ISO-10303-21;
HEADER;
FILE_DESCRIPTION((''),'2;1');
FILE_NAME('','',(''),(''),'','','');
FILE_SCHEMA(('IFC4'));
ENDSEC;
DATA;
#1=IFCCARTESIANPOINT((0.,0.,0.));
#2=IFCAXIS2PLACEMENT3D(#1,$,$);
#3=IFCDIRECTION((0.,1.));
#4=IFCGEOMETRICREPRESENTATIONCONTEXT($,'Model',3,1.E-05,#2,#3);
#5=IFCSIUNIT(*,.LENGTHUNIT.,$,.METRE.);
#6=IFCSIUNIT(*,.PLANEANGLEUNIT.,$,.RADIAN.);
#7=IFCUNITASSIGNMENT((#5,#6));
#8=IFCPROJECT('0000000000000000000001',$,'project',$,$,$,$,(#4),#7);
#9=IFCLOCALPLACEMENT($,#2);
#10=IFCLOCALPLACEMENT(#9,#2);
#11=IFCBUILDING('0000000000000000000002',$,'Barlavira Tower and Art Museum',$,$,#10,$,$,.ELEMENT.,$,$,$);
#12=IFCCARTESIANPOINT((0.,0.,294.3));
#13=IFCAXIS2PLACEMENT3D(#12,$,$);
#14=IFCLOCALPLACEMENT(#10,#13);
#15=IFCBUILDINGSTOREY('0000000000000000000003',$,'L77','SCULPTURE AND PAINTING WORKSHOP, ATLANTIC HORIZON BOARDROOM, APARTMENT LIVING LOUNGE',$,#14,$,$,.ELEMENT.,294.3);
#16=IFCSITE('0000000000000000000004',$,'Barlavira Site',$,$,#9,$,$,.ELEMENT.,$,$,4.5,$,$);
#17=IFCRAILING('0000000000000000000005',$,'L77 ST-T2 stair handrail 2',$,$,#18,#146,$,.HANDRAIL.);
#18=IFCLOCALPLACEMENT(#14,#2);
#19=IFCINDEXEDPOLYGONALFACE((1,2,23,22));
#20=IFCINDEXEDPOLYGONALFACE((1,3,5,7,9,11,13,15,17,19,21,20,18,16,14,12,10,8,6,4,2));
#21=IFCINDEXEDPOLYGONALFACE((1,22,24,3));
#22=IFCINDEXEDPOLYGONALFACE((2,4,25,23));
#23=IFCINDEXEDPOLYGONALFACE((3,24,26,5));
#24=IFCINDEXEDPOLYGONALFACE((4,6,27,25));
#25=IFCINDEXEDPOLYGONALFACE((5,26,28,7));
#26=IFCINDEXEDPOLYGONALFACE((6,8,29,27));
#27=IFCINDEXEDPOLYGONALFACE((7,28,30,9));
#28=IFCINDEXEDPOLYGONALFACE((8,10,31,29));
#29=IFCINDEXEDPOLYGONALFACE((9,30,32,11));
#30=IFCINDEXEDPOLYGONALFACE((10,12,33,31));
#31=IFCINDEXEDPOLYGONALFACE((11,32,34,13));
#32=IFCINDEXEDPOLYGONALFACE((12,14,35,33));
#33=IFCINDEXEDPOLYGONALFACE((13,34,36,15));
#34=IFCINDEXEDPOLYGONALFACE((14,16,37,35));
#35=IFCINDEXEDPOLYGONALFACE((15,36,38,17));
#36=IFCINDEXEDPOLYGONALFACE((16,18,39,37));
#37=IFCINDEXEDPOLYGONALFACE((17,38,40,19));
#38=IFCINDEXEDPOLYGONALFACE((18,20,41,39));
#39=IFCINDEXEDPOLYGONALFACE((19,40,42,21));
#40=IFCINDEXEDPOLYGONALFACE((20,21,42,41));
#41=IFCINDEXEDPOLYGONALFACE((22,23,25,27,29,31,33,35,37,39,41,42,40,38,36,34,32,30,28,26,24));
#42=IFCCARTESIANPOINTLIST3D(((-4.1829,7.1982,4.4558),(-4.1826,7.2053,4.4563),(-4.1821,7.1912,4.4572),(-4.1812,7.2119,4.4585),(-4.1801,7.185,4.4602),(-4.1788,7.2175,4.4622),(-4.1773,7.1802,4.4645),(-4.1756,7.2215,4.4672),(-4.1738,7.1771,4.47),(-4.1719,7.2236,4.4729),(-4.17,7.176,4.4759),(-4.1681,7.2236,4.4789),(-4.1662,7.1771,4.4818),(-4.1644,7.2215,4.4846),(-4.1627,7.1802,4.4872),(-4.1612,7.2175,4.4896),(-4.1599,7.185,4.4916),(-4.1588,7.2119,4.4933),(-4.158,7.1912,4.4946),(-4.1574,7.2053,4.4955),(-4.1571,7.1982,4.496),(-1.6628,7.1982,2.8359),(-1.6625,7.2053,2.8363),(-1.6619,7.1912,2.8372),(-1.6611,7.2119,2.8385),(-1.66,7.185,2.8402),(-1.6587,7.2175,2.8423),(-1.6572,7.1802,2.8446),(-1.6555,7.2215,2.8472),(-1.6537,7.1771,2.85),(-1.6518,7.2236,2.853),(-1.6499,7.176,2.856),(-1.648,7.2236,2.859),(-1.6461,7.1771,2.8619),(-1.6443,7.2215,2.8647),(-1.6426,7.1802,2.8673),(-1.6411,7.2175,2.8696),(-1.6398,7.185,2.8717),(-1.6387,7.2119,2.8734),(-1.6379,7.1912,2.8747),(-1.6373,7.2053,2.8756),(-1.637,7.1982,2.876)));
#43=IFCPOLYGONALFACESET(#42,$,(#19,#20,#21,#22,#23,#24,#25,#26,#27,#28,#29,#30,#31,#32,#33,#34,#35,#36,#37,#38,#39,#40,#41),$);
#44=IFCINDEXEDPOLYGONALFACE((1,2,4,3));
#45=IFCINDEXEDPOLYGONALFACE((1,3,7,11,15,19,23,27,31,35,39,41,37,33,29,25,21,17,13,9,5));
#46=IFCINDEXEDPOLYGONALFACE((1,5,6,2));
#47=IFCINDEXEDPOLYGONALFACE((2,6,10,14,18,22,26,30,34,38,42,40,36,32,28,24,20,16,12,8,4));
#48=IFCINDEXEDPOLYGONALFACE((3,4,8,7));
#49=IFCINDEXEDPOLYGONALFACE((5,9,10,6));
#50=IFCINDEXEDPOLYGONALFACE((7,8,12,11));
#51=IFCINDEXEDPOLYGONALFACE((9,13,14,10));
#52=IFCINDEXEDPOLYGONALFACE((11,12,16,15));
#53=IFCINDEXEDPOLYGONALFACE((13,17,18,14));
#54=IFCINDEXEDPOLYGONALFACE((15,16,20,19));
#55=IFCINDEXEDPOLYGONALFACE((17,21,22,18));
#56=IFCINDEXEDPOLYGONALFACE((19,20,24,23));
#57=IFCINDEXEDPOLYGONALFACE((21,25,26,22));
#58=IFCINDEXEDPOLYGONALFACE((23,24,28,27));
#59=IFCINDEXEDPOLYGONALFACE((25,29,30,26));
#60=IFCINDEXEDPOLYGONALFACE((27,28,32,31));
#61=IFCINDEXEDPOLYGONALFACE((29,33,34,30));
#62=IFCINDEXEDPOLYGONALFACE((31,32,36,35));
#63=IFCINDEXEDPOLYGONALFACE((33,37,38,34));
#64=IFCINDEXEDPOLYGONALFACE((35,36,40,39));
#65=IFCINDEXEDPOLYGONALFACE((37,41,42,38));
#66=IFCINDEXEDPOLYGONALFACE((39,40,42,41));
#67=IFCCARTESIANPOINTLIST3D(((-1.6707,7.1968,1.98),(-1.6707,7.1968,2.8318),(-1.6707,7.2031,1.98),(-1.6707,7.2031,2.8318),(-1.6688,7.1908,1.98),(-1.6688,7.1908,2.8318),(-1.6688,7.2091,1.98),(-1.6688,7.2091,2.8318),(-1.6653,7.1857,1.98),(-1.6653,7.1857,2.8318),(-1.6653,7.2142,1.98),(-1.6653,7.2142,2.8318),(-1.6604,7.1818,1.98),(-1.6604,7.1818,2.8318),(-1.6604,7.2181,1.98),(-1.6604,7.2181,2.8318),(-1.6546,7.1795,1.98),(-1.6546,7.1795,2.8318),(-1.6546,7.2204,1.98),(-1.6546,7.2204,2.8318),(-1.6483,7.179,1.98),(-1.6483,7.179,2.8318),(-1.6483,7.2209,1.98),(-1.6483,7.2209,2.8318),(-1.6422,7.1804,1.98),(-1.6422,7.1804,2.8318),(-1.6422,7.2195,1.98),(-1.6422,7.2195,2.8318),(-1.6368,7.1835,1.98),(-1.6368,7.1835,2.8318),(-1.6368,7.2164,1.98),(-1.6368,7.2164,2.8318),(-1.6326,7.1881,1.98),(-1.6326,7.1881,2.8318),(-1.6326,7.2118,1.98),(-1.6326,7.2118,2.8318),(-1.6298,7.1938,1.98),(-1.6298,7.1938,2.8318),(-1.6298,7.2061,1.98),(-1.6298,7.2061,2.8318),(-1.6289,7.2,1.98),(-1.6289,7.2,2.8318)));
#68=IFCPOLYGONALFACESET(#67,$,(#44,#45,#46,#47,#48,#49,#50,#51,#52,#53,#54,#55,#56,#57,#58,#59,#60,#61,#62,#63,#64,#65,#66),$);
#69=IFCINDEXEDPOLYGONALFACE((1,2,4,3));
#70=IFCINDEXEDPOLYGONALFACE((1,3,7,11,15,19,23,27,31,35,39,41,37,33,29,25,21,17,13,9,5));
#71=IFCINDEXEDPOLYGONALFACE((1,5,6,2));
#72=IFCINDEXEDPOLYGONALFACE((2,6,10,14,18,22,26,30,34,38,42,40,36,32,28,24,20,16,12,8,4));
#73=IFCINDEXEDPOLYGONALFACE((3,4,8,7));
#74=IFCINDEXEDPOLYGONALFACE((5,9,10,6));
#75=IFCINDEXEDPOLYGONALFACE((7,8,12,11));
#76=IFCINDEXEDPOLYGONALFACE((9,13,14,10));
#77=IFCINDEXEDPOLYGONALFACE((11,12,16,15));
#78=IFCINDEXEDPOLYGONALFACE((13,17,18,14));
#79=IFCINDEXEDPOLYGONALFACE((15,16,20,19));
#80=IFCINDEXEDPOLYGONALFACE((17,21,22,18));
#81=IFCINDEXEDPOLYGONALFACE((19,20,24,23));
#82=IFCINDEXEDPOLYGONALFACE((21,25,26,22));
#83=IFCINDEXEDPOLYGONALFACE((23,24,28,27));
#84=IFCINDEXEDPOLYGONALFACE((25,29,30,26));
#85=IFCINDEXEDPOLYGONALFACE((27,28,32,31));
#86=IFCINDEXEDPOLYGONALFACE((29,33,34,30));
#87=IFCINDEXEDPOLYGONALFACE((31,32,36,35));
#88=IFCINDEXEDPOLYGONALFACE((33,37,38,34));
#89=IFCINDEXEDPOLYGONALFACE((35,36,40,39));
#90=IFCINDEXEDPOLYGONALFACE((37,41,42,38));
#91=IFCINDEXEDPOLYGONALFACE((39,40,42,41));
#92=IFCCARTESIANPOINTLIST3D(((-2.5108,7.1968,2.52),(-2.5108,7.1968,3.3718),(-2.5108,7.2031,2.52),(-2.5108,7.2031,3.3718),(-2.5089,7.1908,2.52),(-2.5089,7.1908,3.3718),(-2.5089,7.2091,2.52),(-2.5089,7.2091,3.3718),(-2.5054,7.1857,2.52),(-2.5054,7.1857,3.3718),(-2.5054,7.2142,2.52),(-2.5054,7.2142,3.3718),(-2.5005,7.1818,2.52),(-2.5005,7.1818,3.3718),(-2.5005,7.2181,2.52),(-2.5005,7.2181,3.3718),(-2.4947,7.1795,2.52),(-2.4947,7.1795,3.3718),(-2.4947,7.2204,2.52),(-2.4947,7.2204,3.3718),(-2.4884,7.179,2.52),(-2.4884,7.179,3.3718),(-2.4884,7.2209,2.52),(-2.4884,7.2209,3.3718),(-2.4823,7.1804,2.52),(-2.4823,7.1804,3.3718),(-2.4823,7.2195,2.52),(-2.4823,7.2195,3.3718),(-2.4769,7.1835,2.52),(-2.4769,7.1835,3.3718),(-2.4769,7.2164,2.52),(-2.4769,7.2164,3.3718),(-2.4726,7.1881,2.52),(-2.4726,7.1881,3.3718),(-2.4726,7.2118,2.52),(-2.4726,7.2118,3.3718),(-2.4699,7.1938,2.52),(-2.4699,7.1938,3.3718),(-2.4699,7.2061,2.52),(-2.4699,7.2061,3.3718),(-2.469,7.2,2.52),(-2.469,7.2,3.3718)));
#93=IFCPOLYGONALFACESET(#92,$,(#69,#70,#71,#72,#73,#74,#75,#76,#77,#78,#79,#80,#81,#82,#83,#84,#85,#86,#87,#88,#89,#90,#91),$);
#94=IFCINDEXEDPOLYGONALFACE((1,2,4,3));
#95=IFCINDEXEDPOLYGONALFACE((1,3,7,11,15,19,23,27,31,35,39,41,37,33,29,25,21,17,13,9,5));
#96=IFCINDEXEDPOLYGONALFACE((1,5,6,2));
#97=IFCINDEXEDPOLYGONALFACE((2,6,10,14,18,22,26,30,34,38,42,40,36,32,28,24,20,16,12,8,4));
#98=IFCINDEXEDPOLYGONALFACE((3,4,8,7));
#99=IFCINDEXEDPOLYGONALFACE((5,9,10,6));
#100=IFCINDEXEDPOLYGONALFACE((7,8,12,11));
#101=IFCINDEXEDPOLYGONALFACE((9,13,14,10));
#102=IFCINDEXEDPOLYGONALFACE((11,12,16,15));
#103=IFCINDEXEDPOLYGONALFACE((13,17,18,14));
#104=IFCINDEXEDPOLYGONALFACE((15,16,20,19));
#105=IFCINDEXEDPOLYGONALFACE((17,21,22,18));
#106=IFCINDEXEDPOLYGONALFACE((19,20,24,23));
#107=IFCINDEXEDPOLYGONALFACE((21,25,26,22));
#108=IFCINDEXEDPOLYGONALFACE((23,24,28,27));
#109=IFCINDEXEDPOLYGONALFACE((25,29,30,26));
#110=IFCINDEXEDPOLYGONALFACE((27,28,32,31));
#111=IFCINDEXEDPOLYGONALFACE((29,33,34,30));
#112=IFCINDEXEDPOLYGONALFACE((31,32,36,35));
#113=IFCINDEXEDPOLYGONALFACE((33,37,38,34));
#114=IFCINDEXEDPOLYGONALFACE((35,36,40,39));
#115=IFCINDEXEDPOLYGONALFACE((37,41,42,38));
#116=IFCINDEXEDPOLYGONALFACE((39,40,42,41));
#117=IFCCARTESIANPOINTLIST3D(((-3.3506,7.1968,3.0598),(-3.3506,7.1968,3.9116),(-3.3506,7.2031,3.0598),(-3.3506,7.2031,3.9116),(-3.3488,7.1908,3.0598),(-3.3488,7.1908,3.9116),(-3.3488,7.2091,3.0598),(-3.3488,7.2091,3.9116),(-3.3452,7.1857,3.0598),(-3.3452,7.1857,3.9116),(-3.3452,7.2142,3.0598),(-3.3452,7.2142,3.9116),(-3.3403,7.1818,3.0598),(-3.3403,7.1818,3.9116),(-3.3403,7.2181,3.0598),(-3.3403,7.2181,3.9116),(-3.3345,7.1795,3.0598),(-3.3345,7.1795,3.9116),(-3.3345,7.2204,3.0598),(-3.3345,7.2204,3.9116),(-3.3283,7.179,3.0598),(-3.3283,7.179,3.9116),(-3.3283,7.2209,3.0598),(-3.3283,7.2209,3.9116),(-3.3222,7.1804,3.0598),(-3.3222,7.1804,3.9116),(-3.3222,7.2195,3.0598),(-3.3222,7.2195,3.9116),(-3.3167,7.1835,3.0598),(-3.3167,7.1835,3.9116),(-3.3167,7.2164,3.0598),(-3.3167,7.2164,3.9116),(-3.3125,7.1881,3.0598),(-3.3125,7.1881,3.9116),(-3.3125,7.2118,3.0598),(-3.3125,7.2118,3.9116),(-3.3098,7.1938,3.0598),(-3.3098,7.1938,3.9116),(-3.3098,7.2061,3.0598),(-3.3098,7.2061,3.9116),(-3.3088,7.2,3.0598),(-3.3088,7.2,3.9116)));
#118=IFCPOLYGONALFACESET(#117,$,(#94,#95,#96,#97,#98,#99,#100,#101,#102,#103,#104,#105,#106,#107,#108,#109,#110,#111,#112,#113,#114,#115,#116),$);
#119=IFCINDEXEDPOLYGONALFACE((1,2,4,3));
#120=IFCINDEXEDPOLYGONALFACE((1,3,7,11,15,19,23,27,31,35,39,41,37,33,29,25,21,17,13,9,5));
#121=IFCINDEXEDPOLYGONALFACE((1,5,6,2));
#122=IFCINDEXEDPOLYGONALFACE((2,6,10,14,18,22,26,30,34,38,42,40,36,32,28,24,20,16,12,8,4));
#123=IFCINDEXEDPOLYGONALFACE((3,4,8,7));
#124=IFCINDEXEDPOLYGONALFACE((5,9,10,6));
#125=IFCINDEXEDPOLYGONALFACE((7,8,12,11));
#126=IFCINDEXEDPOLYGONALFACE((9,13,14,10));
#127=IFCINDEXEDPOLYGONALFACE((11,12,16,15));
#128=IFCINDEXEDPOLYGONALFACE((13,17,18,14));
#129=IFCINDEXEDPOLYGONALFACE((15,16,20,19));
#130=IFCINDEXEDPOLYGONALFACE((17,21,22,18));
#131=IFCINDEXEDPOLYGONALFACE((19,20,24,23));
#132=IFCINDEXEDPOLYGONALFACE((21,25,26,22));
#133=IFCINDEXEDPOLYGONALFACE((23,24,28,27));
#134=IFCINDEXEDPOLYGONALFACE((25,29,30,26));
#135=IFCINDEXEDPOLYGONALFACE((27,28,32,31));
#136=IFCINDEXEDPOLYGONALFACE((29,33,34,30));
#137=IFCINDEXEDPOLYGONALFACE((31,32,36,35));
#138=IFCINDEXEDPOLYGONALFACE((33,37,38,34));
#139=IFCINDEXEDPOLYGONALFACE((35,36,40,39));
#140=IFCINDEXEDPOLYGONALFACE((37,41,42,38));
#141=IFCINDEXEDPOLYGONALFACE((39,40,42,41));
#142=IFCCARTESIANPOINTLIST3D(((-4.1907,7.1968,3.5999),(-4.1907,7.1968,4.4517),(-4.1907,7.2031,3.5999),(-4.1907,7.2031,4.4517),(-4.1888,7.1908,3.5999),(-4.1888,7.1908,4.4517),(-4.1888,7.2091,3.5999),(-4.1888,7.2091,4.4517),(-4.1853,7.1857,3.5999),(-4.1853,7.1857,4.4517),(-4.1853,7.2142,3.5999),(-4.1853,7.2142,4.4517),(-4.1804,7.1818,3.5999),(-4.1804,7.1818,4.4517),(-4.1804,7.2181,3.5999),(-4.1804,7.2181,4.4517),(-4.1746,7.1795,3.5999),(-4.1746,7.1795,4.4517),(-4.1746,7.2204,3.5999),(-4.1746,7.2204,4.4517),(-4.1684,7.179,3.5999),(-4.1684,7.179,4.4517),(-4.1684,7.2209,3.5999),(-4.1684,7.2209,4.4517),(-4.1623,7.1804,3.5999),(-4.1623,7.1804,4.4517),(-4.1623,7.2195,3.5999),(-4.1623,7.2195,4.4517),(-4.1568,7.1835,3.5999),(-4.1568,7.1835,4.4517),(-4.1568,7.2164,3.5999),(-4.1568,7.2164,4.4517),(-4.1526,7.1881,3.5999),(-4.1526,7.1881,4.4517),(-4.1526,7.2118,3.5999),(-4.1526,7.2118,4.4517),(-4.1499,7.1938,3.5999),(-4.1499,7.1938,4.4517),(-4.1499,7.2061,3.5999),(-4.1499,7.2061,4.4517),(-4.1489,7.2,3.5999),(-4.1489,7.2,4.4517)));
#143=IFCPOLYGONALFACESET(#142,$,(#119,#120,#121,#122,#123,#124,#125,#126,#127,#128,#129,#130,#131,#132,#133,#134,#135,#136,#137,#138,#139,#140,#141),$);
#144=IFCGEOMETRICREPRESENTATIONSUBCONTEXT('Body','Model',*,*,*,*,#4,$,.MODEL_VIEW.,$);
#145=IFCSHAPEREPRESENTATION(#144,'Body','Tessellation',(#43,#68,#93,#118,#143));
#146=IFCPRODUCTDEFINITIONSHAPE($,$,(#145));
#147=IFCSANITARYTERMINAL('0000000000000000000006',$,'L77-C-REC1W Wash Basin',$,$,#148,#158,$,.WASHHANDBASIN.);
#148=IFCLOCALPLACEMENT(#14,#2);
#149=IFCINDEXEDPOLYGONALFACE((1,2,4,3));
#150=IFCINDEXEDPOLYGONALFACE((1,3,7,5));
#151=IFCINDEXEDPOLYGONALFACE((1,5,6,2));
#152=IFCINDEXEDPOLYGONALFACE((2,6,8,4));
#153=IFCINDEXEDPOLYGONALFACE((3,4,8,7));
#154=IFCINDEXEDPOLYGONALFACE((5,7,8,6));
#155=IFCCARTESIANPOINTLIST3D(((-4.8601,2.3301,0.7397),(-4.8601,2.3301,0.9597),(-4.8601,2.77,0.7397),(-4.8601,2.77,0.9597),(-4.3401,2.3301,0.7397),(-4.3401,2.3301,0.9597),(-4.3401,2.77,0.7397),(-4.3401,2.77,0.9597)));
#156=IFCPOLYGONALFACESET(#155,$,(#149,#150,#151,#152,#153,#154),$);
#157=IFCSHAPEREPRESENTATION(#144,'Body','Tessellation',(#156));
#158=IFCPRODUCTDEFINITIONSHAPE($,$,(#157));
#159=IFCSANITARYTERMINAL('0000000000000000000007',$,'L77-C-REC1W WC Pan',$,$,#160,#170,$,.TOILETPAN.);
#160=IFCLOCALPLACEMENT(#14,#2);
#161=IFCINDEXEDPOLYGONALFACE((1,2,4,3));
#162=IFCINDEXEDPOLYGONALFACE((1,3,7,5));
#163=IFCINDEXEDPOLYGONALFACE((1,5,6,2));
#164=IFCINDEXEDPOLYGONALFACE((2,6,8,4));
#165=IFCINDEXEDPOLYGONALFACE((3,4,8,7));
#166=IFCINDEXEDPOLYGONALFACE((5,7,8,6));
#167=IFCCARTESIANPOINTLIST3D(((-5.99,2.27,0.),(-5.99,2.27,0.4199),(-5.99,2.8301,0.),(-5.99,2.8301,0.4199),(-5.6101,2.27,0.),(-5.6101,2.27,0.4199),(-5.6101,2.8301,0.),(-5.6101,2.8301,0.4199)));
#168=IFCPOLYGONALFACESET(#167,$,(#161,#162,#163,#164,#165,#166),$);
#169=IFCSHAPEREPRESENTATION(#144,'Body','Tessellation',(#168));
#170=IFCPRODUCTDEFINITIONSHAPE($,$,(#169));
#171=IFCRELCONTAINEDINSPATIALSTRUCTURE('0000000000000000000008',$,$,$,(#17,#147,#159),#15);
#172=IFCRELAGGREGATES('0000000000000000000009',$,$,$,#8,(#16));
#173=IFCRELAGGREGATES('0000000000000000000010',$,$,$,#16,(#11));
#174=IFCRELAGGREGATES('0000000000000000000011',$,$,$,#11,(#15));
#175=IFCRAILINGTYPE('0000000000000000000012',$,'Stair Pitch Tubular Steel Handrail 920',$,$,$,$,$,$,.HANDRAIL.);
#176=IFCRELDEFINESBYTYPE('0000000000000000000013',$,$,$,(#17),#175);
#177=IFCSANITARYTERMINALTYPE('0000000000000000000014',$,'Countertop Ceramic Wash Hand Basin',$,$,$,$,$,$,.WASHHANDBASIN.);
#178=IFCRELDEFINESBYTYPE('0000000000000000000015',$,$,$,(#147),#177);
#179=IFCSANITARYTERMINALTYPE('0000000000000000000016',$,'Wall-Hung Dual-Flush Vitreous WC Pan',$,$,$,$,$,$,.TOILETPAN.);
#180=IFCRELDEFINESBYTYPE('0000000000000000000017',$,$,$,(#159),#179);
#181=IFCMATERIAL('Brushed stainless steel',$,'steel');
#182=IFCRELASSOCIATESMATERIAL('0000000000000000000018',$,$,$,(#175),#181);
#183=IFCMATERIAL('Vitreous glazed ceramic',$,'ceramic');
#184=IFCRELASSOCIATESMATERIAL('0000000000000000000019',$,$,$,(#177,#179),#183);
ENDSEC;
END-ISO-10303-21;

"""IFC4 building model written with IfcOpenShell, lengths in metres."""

from ifc_helpers import new_model, si_unit, direction, frame, origin, origin_2d, place, context, subcontext, project, spatial, rectangle, circle, extrude, material, type_object, element, save


model = new_model("IFC4")

# Units and contexts
model_context = context("Model", 3, precision=1e-05, world=origin(), true_north=direction((0.0, 1.0)))
body_context = subcontext(model_context, "Body", "Model", "MODEL_VIEW")
ifc_project = project(units=[si_unit("LENGTHUNIT", "METRE"), si_unit("PLANEANGLEUNIT", "RADIAN")], contexts=[model_context])

# Site, building, storey
site_placement = place(None, origin())
site = spatial("IfcSite", under=ifc_project, at=site_placement, Name="Barlavira Site", CompositionType="ELEMENT", RefElevation=4.5)
building_placement = place(site_placement, origin())
building = spatial("IfcBuilding", under=site, at=building_placement, Name="Barlavira Tower and Art Museum", CompositionType="ELEMENT")
storey_placement = place(building_placement, frame((0.0, 0.0, 294.3)))
storey = spatial("IfcBuildingStorey", under=building, at=storey_placement, Name="L77", Description="SCULPTURE AND PAINTING WORKSHOP, ATLANTIC HORIZON BOARDROOM, APARTMENT LIVING LOUNGE", CompositionType="ELEMENT", Elevation=294.3)

# Shared definitions
ifc_material_1 = material(Name="Brushed stainless steel", Category="steel")

# Railing
railing_type_1 = type_object("IfcRailingType", Name="Stair Pitch Tubular Steel Handrail 920", PredefinedType="HANDRAIL", material=ifc_material_1)
railing_1_placement = place(storey_placement, frame((-1.6499, 7.2, 1.98)))
element("IfcRailing", 1, at=railing_1_placement, inside=storey, type_object=railing_type_1, Name="L77 ST-T2 stair handrail 2", PredefinedType="HANDRAIL", context=body_context, shape_type="SweptSolid", body=[
    extrude(circle(Radius=0.0239, at=origin_2d()), frame((0.0, 0.0, 0.876), z_axis=(-0.8412, 0.0, 0.540725), x_axis=(0.0, -1.0, 0.0)), (0.0, 0.0, 1.0), 2.9958),
    extrude(circle(Radius=0.021, at=origin_2d()), origin(), (0.0, 0.0, 1.0), 0.8518),
    extrude(circle(Radius=0.021, at=origin_2d()), frame((-0.8401, 0.0, 0.54)), (0.0, 0.0, 1.0), 0.8518),
    extrude(circle(Radius=0.021, at=origin_2d()), frame((-1.6799, 0.0, 1.0798)), (0.0, 0.0, 1.0), 0.8518),
    extrude(circle(Radius=0.021, at=origin_2d()), frame((-2.52, 0.0, 1.6199)), (0.0, 0.0, 1.0), 0.8518),
])

# Sanitary terminals
ifc_material_2 = material(Name="Vitreous glazed ceramic", Category="ceramic")
sanitary_terminal_type_1 = type_object("IfcSanitaryTerminalType", Name="Countertop Ceramic Wash Hand Basin", PredefinedType="WASHHANDBASIN", material=ifc_material_2)
sanitary_terminal_1_placement = place(storey_placement, frame((-4.6001, 2.55, 0.7397), z_axis=(0.0, 0.0, 1.0), x_axis=(1.0, 0.0, 0.0)))
element("IfcSanitaryTerminal", 2, at=sanitary_terminal_1_placement, inside=storey, type_object=sanitary_terminal_type_1, Name="L77-C-REC1W Wash Basin", PredefinedType="WASHHANDBASIN", context=body_context, shape_type="SweptSolid", body=[
    extrude(rectangle(XDim=0.52, YDim=0.4399, at=origin_2d()), origin(), (0.0, 0.0, 1.0), 0.22),
])
sanitary_terminal_type_2 = type_object("IfcSanitaryTerminalType", Name="Wall-Hung Dual-Flush Vitreous WC Pan", PredefinedType="TOILETPAN", material=ifc_material_2)
sanitary_terminal_2_placement = place(storey_placement, frame((-5.8, 2.55, 0.0), z_axis=(0.0, 0.0, 1.0), x_axis=(1.0, 0.0, 0.0)))
element("IfcSanitaryTerminal", 3, at=sanitary_terminal_2_placement, inside=storey, type_object=sanitary_terminal_type_2, Name="L77-C-REC1W WC Pan", PredefinedType="TOILETPAN", context=body_context, shape_type="SweptSolid", body=[
    extrude(rectangle(XDim=0.3799, YDim=0.5601, at=origin_2d()), origin(), (0.0, 0.0, 1.0), 0.4199),
])

save(model, "model.ifc")
